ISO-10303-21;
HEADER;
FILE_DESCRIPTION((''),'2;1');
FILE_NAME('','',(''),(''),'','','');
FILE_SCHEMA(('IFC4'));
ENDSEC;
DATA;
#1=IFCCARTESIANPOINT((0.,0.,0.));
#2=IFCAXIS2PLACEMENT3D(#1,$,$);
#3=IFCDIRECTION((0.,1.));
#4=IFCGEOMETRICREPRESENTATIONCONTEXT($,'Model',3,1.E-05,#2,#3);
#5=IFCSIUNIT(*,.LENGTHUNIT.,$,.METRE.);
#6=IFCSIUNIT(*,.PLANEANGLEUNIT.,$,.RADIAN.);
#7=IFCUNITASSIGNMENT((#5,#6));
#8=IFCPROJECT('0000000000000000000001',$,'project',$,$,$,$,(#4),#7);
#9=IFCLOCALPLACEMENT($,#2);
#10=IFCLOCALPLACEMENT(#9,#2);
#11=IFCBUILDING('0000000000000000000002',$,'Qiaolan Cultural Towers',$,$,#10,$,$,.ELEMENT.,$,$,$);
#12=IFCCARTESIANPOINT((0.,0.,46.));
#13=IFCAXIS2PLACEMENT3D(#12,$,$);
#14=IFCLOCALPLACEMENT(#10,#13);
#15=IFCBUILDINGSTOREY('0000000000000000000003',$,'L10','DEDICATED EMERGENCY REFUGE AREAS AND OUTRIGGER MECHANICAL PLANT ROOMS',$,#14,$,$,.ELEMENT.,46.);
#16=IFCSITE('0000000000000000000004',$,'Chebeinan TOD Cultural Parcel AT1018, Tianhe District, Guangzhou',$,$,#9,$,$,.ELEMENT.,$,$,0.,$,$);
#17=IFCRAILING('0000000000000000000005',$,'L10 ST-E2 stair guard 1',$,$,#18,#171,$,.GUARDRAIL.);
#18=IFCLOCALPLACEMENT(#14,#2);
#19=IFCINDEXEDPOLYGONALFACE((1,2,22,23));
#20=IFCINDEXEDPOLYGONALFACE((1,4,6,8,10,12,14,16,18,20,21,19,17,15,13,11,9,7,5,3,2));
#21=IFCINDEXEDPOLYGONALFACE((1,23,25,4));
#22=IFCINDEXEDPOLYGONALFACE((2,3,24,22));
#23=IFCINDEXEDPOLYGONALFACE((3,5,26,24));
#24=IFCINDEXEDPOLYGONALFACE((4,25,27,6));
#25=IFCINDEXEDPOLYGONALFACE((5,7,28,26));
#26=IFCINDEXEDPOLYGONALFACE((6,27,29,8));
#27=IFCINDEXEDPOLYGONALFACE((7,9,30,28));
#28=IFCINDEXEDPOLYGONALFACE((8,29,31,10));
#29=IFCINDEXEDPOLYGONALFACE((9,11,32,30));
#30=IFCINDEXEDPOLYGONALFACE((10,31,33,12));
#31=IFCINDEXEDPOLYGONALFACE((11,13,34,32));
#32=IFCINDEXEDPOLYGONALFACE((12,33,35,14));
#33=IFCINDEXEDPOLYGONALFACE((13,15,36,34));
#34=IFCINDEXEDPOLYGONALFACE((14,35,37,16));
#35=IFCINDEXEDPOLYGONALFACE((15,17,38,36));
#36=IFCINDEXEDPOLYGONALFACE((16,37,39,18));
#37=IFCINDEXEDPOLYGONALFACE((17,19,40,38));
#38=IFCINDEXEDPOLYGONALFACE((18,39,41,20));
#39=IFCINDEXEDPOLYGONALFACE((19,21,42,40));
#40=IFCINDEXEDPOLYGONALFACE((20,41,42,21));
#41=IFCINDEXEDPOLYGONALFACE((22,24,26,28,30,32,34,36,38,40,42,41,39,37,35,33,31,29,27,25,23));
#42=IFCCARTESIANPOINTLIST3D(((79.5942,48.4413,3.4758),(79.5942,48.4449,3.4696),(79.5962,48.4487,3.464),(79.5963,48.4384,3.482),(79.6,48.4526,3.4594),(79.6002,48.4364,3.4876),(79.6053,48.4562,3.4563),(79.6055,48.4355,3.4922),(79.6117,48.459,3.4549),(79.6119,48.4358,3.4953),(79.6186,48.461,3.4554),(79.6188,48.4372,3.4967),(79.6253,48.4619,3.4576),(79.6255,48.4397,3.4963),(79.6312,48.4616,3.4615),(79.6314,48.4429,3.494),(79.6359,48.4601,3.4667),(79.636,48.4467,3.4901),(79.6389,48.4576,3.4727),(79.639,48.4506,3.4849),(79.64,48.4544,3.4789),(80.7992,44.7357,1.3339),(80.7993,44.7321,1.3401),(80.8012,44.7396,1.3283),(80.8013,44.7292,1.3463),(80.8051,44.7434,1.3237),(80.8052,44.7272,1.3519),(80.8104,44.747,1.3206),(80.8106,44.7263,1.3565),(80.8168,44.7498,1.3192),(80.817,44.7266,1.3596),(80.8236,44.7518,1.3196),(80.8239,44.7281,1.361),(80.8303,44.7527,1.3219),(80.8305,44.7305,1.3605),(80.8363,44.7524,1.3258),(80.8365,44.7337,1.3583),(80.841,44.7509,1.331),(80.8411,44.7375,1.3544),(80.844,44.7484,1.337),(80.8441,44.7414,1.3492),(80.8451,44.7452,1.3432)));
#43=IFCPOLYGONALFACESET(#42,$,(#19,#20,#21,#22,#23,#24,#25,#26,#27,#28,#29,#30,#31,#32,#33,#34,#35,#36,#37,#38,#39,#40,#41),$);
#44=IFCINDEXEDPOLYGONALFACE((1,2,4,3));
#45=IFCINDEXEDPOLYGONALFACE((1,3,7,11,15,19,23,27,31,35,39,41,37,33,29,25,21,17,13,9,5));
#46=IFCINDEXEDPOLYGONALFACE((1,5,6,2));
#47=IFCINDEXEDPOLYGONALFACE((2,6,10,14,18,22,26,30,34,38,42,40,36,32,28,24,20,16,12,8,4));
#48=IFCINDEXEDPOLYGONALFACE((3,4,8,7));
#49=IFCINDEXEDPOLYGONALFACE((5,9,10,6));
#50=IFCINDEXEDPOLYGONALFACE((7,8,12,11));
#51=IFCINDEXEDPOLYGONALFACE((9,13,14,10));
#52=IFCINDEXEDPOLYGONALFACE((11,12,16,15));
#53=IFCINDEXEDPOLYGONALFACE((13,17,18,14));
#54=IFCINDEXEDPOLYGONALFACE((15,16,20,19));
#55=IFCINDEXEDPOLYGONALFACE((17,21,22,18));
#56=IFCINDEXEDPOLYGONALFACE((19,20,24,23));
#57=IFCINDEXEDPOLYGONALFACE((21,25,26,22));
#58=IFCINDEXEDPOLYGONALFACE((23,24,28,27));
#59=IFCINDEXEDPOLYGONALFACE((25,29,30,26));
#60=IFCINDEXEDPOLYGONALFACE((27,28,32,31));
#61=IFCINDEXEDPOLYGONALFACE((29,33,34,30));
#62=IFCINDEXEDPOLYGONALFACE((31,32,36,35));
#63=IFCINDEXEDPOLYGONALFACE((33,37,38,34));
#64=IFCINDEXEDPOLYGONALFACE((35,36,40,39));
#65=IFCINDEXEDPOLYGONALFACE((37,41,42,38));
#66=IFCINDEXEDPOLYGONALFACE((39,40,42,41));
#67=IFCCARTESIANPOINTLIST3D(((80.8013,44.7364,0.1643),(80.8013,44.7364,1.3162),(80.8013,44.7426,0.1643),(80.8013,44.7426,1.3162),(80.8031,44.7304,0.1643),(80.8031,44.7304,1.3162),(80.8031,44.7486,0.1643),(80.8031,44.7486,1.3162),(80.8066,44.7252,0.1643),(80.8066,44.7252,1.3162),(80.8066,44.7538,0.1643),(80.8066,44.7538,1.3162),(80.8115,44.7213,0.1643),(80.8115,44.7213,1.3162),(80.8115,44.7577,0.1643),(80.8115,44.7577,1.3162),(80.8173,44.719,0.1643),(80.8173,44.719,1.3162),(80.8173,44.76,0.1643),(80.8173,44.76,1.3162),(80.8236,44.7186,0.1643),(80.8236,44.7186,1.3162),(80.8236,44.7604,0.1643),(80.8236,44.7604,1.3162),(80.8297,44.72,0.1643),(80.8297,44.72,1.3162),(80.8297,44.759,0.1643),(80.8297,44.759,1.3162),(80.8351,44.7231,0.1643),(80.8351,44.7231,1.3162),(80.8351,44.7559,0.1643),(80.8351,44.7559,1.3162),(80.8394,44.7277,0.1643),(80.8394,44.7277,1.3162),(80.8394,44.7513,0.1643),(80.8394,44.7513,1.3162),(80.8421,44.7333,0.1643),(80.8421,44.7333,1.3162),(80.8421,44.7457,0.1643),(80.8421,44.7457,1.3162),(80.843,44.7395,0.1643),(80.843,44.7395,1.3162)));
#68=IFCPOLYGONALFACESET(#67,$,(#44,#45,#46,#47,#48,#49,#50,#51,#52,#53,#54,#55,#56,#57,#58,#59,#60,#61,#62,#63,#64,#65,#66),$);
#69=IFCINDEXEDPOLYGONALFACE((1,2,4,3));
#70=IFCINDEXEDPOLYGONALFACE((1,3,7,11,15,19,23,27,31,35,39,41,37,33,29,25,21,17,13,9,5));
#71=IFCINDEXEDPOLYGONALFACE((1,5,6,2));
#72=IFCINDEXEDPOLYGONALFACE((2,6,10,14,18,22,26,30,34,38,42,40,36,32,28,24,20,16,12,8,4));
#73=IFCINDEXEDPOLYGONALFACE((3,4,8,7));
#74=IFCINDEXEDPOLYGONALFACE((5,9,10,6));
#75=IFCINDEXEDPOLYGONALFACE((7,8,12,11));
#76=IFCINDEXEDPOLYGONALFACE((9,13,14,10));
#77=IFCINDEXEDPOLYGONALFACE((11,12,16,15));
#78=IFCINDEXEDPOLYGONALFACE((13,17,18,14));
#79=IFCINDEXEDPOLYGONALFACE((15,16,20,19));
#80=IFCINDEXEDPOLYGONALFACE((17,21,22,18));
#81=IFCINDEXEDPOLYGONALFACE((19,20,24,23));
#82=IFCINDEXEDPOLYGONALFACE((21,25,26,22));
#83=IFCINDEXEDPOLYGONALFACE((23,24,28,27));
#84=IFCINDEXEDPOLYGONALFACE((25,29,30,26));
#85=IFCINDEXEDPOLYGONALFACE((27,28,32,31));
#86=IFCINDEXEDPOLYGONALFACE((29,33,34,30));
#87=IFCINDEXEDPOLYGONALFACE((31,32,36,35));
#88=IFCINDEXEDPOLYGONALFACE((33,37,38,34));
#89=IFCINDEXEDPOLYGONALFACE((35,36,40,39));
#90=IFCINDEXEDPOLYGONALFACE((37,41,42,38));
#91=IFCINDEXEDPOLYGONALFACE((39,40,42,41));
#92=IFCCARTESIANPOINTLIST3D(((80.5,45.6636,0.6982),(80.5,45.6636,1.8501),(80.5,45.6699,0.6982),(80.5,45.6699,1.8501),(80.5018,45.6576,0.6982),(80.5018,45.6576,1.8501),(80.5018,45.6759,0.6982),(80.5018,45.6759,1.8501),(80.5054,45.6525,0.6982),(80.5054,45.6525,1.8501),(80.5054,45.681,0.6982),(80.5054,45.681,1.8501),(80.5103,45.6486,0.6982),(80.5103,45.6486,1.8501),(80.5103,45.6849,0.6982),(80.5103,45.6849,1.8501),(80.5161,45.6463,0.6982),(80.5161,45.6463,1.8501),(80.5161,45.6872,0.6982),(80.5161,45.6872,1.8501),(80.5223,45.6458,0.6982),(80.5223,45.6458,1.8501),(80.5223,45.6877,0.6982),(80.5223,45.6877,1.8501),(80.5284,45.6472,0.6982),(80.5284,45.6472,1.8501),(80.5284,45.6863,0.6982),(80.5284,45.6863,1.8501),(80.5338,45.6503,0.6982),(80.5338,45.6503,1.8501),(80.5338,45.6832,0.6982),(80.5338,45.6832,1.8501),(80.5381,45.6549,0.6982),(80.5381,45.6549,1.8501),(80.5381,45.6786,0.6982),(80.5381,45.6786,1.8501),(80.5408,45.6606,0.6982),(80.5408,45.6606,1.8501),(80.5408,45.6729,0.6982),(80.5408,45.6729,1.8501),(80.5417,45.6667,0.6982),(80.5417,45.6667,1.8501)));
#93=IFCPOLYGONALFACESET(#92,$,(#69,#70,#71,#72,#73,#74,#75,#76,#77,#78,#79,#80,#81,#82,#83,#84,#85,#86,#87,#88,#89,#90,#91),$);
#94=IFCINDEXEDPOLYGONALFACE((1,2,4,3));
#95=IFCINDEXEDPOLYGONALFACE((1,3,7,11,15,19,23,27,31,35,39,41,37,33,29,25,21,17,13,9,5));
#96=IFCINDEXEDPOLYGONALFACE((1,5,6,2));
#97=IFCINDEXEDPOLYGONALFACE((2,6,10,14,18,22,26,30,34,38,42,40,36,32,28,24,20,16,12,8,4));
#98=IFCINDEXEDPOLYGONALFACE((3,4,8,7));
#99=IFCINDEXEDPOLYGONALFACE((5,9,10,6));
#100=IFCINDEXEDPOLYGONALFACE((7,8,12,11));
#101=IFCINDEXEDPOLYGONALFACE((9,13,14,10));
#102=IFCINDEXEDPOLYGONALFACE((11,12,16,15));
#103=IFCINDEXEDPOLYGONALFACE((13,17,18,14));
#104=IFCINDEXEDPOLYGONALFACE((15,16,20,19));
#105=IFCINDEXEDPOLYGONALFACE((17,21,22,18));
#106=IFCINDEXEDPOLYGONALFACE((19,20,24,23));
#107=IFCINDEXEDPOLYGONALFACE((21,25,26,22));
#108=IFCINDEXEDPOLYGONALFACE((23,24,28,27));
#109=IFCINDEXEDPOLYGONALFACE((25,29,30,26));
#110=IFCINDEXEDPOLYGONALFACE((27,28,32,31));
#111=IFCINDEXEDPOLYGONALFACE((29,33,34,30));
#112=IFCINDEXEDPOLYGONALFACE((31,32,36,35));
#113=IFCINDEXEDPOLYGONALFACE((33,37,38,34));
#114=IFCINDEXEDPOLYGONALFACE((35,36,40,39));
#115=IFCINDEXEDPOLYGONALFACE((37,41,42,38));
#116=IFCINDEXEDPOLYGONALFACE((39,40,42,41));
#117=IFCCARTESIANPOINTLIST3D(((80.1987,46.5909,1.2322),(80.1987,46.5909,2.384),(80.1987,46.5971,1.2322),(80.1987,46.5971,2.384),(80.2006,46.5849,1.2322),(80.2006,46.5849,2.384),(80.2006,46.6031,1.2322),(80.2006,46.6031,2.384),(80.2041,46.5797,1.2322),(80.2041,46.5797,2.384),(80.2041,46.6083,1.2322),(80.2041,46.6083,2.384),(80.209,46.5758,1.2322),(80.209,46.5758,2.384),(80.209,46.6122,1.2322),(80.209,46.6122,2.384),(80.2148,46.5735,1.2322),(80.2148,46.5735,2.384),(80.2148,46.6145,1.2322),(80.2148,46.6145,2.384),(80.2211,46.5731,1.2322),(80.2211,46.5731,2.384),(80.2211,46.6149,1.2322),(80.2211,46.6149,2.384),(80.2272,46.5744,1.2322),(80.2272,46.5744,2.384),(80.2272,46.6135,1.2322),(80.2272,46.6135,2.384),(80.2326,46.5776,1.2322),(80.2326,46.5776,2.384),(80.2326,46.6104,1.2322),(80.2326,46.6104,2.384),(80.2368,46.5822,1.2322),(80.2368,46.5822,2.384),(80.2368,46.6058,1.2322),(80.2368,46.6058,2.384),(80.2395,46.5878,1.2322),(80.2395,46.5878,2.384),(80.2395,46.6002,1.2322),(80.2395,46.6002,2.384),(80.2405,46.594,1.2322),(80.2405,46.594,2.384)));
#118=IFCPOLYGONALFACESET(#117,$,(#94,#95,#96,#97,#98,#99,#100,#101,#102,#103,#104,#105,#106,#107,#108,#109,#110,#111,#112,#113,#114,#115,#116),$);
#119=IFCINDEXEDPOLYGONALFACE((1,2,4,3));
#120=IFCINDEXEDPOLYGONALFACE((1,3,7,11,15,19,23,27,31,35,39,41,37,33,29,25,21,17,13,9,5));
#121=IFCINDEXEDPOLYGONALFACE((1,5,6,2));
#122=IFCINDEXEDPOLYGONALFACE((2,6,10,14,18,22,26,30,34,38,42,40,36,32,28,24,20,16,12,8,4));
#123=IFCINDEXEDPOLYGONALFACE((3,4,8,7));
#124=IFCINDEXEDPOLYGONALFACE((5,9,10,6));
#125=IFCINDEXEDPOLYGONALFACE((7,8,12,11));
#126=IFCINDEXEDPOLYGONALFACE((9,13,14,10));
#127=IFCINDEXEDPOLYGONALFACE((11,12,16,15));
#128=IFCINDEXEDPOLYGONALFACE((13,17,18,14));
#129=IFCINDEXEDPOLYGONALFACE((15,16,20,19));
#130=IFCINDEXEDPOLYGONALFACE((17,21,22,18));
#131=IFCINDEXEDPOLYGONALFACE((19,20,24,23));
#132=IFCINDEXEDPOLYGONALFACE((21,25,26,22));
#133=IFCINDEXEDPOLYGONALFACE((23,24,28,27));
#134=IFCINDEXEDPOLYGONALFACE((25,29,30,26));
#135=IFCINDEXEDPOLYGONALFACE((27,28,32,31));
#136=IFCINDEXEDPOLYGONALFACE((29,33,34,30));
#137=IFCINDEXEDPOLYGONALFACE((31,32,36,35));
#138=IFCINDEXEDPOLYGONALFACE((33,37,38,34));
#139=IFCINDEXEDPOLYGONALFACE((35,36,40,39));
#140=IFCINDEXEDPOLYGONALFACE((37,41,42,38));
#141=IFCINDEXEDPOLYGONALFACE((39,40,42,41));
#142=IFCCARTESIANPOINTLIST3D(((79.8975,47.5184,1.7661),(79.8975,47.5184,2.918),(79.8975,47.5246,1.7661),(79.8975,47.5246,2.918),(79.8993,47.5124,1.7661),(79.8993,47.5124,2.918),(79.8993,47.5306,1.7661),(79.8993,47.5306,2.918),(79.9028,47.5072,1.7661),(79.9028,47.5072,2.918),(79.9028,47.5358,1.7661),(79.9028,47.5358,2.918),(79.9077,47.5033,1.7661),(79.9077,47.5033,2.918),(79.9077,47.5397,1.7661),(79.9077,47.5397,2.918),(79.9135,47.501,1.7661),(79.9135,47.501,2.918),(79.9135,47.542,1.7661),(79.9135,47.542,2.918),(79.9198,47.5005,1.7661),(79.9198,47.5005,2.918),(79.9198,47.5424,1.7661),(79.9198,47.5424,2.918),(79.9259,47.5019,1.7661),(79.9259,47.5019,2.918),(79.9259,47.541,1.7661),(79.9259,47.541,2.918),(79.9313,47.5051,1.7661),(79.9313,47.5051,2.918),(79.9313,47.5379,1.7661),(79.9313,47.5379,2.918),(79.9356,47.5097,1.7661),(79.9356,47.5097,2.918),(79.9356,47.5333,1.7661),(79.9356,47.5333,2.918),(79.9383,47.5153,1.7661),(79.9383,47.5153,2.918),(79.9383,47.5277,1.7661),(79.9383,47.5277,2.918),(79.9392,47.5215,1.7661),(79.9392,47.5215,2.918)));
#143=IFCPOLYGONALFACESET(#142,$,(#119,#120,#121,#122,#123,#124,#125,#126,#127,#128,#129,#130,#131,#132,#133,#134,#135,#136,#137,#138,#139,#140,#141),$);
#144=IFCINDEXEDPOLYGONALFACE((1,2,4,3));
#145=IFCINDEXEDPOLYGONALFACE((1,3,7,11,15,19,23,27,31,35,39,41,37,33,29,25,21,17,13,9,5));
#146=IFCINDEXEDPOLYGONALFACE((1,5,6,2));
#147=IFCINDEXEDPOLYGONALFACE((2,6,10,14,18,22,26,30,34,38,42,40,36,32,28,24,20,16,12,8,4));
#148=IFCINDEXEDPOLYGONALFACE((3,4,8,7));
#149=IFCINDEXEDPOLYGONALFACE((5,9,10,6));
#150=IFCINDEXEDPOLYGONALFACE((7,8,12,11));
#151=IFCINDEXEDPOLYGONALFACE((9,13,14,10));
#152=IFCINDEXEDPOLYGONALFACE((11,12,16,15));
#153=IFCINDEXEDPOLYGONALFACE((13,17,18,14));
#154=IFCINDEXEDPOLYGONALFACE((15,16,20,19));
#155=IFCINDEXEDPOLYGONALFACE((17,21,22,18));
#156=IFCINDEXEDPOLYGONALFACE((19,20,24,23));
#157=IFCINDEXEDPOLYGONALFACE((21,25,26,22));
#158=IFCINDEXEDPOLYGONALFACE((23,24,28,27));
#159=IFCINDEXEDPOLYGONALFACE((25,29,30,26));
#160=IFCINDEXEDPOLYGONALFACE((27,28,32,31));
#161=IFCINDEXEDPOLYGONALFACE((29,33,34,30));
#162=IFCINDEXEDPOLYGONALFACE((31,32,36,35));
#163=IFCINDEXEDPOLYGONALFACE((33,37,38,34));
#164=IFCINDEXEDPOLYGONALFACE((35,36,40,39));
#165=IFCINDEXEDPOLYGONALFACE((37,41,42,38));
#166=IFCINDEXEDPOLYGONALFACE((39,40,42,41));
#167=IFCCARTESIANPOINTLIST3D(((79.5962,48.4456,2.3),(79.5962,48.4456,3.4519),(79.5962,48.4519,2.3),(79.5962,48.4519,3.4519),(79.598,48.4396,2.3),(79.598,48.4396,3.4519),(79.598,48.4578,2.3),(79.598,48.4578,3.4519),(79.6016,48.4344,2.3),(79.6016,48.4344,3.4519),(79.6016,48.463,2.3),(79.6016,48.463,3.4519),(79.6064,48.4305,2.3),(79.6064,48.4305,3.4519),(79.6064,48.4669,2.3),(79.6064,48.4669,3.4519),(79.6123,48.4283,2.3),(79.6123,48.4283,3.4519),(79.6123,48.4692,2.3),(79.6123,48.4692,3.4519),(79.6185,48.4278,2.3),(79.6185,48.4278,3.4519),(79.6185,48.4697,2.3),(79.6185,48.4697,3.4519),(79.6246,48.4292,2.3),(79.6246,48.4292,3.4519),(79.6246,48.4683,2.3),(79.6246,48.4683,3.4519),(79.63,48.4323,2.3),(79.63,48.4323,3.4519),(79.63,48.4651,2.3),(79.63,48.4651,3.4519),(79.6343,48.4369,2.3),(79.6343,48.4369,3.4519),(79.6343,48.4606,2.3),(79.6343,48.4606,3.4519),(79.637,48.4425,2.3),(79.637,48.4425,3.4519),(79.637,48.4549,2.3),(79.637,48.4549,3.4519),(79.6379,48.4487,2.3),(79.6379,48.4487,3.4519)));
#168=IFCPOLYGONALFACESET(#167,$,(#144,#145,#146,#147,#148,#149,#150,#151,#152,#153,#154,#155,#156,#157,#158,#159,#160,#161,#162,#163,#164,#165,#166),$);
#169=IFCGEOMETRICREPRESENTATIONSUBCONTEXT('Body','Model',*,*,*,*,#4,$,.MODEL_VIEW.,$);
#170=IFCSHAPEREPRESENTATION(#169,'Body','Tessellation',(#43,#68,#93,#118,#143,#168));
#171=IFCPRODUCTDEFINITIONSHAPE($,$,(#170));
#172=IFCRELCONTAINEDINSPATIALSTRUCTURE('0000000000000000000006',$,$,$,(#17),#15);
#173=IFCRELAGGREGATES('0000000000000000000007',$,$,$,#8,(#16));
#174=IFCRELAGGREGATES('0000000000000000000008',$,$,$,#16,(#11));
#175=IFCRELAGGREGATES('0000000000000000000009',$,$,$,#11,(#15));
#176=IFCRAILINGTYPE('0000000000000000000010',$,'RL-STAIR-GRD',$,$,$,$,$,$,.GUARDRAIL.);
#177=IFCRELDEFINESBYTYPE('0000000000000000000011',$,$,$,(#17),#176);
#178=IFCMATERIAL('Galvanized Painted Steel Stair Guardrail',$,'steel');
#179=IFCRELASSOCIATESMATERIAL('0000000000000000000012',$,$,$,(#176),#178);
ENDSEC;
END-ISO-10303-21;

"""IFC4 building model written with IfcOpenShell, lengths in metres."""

from ifc_helpers import new_model, si_unit, direction, frame, origin, origin_2d, place, context, subcontext, project, spatial, circle, extrude, material, type_object, element, save


model = new_model("IFC4")

# Units and contexts
model_context = context("Model", 3, precision=1e-05, world=origin(), true_north=direction((0.0, 1.0)))
body_context = subcontext(model_context, "Body", "Model", "MODEL_VIEW")
ifc_project = project(units=[si_unit("LENGTHUNIT", "METRE"), si_unit("PLANEANGLEUNIT", "RADIAN")], contexts=[model_context])

# Site, building, storey
site_placement = place(None, origin())
site = spatial("IfcSite", under=ifc_project, at=site_placement, Name="Chebeinan TOD Cultural Parcel AT1018, Tianhe District, Guangzhou", CompositionType="ELEMENT", RefElevation=0.0)
building_placement = place(site_placement, origin())
building = spatial("IfcBuilding", under=site, at=building_placement, Name="Qiaolan Cultural Towers", CompositionType="ELEMENT")
storey_placement = place(building_placement, frame((0.0, 0.0, 46.0)))
storey = spatial("IfcBuildingStorey", under=building, at=storey_placement, Name="L10", Description="DEDICATED EMERGENCY REFUGE AREAS AND OUTRIGGER MECHANICAL PLANT ROOMS", CompositionType="ELEMENT", Elevation=46.0)

# Railing
ifc_material_1 = material(Name="Galvanized Painted Steel Stair Guardrail", Category="steel")
railing_type_1 = type_object("IfcRailingType", Name="RL-STAIR-GRD", PredefinedType="GUARDRAIL", material=ifc_material_1)
railing_1_placement = place(storey_placement, frame((80.822, 44.7395, 0.1643)))
element("IfcRailing", 1, at=railing_1_placement, inside=storey, type_object=railing_type_1, Name="L10 ST-E2 stair guard 1", PredefinedType="GUARDRAIL", context=body_context, shape_type="SweptSolid", body=[
    extrude(circle(Radius=0.0239, at=origin_2d()), frame((0.0, 0.0, 1.1758), z_axis=(-0.271013, 0.834177, 0.480312), x_axis=(-0.951066, -0.308988, 0.0)), (0.0, 0.0, 1.0), 4.4465),
    extrude(circle(Radius=0.021, at=origin_2d()), origin(), (0.0, 0.0, 1.0), 1.1519),
    extrude(circle(Radius=0.021, at=origin_2d()), frame((-0.3013, 0.9272, 0.5339)), (0.0, 0.0, 1.0), 1.1519),
    extrude(circle(Radius=0.021, at=origin_2d()), frame((-0.6025, 1.8545, 1.0679)), (0.0, 0.0, 1.0), 1.1519),
    extrude(circle(Radius=0.021, at=origin_2d()), frame((-0.9038, 2.782, 1.6018)), (0.0, 0.0, 1.0), 1.1519),
    extrude(circle(Radius=0.021, at=origin_2d()), frame((-1.2051, 3.7092, 2.1357)), (0.0, 0.0, 1.0), 1.1519),
])

save(model, "model.ifc")
